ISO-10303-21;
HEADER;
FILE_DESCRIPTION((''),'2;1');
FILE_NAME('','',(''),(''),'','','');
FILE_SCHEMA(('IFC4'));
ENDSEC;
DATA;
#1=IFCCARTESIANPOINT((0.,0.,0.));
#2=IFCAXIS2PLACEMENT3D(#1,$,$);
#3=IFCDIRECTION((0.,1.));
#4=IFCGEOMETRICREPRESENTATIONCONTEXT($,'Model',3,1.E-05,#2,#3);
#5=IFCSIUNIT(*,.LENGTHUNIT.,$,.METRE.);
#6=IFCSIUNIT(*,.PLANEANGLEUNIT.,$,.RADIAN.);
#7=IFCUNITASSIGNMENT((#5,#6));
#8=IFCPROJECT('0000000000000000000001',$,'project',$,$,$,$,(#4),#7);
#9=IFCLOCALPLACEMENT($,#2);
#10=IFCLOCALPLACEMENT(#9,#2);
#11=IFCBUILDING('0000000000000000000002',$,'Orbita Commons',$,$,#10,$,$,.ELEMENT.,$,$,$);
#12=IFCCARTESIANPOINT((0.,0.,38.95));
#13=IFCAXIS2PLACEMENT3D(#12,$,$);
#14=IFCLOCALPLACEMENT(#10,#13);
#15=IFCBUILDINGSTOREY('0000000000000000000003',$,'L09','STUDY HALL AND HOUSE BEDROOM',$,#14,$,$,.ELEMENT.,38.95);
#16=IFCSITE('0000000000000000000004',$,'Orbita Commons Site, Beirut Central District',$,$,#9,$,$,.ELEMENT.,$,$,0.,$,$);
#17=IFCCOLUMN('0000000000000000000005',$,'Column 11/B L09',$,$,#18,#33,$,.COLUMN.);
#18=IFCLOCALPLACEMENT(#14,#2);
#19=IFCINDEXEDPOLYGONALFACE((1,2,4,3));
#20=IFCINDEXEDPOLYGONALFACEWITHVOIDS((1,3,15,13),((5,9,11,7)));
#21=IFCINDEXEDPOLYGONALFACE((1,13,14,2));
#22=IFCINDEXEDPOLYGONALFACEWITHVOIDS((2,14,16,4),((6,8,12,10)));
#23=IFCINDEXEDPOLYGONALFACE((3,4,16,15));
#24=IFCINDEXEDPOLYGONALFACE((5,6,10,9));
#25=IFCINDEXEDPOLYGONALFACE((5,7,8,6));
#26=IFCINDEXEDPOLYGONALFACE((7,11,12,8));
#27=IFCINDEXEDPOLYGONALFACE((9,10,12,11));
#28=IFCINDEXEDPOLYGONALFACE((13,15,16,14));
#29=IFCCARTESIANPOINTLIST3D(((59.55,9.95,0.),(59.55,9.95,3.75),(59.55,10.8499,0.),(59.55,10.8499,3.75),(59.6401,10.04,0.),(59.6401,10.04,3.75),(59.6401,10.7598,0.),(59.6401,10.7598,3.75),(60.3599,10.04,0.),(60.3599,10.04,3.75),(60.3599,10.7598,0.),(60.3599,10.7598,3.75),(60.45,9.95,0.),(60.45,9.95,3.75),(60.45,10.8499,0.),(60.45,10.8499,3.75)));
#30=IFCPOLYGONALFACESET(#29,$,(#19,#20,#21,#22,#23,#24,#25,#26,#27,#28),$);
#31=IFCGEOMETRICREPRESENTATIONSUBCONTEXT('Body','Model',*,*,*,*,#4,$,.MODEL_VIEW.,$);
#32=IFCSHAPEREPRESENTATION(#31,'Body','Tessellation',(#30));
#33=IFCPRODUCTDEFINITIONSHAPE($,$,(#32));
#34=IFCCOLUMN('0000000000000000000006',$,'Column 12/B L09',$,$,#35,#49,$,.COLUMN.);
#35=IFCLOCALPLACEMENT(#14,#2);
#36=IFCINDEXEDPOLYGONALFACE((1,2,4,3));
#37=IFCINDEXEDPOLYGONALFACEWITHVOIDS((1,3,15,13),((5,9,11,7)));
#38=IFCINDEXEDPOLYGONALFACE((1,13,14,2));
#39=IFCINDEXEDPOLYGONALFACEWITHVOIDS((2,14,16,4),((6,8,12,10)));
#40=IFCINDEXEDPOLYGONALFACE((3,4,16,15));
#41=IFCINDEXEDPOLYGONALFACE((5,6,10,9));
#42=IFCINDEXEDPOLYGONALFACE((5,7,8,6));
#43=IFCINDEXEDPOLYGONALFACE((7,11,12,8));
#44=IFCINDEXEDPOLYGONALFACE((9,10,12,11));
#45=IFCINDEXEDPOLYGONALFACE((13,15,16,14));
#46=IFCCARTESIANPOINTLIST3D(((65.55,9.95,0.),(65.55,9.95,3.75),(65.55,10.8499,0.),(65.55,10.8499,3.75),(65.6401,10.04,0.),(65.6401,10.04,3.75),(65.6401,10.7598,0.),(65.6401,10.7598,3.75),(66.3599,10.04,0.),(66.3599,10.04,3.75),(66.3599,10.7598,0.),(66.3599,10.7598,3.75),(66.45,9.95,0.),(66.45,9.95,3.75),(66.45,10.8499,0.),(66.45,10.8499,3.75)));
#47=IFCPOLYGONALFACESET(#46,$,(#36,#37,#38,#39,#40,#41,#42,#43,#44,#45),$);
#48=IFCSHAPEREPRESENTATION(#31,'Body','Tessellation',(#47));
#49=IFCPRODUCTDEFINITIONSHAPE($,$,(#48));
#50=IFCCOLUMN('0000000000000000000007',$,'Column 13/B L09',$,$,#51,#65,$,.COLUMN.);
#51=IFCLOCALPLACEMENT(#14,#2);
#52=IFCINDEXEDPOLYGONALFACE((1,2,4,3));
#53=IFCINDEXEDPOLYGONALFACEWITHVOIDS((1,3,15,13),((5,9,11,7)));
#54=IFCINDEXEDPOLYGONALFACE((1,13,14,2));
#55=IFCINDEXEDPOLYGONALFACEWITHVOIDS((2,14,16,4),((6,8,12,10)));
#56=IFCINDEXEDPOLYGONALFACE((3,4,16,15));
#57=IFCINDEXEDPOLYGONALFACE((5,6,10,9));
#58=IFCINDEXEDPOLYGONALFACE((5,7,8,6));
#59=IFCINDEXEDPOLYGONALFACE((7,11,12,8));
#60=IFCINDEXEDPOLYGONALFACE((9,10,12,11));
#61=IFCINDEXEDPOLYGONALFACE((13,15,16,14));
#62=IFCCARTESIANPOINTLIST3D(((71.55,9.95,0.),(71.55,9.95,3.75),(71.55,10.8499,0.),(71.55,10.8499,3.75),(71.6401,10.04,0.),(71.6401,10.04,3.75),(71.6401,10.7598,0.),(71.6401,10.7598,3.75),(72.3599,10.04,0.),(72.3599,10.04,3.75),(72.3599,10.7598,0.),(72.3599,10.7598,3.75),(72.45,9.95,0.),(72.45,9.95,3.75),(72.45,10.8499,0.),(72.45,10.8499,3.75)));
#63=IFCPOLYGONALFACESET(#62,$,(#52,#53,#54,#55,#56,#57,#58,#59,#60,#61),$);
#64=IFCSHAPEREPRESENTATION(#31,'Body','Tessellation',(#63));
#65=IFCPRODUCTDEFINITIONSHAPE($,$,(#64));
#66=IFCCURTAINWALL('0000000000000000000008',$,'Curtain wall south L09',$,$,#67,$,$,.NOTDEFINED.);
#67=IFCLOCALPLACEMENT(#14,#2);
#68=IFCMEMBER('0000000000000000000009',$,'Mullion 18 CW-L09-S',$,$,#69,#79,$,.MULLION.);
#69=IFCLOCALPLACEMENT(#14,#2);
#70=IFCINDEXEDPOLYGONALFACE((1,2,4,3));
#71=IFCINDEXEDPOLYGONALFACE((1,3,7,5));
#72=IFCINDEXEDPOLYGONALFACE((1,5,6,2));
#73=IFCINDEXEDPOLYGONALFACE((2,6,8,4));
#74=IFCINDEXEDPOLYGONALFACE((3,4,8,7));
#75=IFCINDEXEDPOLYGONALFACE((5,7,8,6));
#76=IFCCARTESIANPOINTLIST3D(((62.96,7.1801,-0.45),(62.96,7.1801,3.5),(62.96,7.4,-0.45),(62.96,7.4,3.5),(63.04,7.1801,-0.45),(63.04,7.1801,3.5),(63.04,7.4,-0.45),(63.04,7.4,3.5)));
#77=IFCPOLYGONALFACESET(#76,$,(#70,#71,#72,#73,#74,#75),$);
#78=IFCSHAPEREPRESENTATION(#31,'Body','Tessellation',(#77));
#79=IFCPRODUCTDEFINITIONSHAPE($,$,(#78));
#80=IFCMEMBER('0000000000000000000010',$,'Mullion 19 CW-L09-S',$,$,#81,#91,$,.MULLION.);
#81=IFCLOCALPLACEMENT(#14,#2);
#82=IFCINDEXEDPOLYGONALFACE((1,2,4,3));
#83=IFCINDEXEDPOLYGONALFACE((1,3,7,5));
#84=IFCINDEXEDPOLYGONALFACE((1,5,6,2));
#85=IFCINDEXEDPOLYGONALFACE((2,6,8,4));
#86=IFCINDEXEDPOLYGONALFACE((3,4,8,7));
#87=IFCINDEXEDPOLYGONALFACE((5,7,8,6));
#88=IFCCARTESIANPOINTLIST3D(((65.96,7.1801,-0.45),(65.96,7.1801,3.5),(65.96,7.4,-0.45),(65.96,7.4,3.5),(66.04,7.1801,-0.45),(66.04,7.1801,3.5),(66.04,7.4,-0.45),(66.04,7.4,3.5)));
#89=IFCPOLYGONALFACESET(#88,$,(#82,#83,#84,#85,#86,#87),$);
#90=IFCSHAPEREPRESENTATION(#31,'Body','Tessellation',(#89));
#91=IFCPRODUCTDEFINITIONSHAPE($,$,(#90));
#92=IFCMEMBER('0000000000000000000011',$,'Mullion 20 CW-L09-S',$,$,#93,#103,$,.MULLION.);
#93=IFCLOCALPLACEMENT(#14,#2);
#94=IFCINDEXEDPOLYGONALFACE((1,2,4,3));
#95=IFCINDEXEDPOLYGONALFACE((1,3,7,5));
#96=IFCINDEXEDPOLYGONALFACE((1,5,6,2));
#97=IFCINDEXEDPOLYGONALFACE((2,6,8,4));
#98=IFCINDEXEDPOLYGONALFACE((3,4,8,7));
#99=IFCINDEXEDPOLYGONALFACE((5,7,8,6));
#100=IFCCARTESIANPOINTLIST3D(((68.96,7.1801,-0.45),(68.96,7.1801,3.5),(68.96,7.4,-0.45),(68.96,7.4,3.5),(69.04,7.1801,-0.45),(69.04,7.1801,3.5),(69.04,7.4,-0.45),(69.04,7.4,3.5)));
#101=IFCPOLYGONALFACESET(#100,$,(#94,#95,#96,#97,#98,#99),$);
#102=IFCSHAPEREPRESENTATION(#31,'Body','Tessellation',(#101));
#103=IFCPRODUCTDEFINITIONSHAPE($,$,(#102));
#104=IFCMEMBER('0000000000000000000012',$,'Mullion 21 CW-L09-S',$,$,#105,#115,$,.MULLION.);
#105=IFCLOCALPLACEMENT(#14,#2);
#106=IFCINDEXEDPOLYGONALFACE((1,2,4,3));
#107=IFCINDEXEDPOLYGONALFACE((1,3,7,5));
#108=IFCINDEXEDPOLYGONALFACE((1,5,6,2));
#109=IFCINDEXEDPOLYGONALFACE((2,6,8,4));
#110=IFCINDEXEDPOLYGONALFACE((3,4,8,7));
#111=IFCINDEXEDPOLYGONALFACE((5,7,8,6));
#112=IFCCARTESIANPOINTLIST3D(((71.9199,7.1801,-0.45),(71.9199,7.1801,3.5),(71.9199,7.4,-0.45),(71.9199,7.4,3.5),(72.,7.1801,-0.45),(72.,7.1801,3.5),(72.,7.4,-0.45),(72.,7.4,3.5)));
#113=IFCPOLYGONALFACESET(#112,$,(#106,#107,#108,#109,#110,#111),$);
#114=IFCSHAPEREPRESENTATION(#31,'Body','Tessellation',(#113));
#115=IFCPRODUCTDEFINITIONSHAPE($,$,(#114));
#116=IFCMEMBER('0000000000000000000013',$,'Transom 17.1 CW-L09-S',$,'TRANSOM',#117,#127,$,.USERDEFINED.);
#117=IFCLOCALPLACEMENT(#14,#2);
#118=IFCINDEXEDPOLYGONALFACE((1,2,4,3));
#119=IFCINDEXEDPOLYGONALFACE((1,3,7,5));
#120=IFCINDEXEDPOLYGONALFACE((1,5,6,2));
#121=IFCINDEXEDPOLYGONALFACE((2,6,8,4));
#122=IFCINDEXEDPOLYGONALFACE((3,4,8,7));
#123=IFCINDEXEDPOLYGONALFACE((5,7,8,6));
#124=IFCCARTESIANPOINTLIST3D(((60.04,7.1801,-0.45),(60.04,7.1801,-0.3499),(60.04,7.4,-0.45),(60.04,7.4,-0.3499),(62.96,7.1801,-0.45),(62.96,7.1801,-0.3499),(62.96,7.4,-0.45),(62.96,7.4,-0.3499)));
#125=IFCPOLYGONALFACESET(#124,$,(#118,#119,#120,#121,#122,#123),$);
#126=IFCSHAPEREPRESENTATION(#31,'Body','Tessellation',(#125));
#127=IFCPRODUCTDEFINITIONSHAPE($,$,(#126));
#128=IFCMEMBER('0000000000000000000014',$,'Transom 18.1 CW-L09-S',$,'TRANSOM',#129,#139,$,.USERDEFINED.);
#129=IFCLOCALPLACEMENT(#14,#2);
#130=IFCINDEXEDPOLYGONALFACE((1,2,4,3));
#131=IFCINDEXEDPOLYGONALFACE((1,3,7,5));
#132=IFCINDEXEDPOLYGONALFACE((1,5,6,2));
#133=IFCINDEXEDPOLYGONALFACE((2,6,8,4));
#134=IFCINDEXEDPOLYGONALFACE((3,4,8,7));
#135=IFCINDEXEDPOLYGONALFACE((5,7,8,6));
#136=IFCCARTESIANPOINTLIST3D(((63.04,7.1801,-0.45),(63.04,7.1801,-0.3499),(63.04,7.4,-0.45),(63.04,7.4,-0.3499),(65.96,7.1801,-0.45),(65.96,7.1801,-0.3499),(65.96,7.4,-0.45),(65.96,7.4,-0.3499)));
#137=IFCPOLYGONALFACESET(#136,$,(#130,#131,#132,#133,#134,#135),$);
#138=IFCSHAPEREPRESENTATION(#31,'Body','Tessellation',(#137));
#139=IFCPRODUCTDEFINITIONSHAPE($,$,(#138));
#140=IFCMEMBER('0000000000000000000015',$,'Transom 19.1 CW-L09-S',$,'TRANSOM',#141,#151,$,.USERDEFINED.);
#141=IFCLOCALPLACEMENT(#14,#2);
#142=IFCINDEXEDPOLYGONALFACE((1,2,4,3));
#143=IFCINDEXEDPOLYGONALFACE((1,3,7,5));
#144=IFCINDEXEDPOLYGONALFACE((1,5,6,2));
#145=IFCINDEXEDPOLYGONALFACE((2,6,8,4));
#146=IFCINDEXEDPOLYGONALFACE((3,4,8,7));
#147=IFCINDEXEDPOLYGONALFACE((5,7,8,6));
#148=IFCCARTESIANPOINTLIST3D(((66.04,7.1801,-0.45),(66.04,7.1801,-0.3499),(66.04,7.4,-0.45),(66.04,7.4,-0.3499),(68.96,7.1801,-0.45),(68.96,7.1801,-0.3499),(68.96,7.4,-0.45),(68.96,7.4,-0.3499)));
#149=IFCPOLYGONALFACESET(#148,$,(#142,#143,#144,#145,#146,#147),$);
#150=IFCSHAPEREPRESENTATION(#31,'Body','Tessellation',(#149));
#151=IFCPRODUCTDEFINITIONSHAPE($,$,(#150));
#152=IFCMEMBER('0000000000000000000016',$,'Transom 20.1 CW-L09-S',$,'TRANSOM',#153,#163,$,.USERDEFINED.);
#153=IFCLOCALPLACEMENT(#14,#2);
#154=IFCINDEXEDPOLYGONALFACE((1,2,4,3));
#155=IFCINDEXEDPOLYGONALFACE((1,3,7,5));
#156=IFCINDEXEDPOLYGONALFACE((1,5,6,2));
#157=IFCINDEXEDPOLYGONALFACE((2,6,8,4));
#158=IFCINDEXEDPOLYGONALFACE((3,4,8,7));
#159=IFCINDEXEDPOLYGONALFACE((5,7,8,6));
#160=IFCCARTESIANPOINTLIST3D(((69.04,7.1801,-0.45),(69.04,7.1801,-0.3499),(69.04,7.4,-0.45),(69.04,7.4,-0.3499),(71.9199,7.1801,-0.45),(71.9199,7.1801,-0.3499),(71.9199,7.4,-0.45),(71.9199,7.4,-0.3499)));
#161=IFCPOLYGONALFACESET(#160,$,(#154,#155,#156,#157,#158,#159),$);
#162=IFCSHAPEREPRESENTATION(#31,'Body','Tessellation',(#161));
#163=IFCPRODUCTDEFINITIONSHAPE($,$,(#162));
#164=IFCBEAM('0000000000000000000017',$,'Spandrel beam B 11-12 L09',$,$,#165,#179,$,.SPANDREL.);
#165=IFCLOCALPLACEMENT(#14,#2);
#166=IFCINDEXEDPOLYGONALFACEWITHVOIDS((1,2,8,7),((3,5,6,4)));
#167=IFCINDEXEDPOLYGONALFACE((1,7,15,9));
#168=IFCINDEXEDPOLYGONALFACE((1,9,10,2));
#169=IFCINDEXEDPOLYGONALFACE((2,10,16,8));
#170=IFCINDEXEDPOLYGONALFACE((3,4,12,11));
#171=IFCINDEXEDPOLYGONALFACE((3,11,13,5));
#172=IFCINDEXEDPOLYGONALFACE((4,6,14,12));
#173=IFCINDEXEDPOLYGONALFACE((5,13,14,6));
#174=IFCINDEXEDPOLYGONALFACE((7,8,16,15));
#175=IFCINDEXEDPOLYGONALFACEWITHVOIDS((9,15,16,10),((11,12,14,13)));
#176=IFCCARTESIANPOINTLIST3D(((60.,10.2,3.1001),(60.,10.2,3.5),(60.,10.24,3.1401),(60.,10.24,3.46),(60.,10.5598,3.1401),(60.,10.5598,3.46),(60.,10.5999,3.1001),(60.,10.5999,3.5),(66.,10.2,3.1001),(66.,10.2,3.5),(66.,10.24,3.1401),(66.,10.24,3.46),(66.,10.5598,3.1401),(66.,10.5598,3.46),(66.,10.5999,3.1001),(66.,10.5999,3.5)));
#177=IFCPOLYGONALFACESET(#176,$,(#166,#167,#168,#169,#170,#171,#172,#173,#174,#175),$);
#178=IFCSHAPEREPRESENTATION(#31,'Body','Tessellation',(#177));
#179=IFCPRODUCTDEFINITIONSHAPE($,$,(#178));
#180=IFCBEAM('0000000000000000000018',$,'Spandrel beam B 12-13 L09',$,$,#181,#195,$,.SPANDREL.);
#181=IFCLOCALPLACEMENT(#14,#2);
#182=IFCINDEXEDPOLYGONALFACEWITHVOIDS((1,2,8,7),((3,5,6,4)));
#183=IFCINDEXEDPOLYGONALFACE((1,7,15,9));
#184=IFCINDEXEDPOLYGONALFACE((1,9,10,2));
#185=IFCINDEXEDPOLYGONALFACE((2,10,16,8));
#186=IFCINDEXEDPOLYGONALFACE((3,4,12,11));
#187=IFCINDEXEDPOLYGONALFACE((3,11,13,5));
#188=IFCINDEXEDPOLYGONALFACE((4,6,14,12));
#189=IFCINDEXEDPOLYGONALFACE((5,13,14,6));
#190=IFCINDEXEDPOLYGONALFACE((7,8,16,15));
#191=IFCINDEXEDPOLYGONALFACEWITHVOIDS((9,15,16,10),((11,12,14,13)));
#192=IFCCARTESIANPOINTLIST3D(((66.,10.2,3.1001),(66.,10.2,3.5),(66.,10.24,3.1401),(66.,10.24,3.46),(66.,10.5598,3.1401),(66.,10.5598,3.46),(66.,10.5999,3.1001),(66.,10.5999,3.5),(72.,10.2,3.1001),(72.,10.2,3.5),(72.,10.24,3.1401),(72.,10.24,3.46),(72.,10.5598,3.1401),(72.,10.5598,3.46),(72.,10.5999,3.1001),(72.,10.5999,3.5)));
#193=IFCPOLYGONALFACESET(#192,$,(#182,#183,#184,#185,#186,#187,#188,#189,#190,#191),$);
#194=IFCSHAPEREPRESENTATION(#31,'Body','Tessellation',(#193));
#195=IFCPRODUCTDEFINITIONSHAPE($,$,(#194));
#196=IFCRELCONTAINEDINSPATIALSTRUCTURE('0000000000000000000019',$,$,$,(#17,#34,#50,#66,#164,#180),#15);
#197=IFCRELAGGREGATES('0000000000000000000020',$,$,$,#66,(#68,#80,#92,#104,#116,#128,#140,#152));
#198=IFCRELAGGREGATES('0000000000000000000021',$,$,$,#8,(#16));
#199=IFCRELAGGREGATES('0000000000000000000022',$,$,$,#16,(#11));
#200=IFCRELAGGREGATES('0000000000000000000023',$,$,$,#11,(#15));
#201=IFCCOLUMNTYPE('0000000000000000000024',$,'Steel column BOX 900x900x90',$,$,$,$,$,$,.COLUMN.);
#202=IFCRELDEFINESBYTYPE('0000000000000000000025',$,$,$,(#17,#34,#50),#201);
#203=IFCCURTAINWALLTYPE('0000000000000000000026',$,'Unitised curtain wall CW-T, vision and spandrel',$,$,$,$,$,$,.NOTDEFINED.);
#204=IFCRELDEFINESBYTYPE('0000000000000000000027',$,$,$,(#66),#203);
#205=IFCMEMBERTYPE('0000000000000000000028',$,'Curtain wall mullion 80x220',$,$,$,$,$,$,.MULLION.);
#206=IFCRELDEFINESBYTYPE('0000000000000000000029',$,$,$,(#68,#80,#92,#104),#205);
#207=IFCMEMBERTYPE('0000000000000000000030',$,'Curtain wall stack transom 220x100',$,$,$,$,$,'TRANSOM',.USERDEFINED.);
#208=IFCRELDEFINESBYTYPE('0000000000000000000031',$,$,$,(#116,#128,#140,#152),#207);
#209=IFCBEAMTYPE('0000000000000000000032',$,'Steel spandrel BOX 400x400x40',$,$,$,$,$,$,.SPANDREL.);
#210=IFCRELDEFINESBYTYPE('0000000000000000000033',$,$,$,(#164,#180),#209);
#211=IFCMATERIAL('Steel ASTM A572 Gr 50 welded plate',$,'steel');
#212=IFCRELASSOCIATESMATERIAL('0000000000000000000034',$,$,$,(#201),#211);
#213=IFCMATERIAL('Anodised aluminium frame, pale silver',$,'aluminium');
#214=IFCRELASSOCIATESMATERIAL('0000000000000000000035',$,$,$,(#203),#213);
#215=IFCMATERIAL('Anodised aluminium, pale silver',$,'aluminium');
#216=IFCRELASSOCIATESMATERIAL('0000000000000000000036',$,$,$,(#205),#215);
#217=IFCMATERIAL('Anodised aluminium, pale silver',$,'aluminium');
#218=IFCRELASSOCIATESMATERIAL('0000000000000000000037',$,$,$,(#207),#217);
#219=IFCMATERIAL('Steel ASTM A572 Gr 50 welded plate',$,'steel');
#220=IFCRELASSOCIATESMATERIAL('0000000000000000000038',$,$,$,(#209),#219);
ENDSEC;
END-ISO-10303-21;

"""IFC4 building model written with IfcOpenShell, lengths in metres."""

from ifc_helpers import new_model, si_unit, direction, frame, origin, origin_2d, place, context, subcontext, project, spatial, rectangle, hollow_rectangle, extrude, material, material_profile, profile_set, type_object, element, aggregate, save


model = new_model("IFC4")

# Units and contexts
model_context = context("Model", 3, precision=1e-05, world=origin(), true_north=direction((0.0, 1.0)))
body_context = subcontext(model_context, "Body", "Model", "MODEL_VIEW")
ifc_project = project(units=[si_unit("LENGTHUNIT", "METRE"), si_unit("PLANEANGLEUNIT", "RADIAN")], contexts=[model_context])

# Site, building, storey
site_placement = place(None, origin())
site = spatial("IfcSite", under=ifc_project, at=site_placement, Name="Orbita Commons Site, Beirut Central District", CompositionType="ELEMENT", RefElevation=0.0)
building_placement = place(site_placement, origin())
building = spatial("IfcBuilding", under=site, at=building_placement, Name="Orbita Commons", CompositionType="ELEMENT")
storey_placement = place(building_placement, frame((0.0, 0.0, 38.95)))
storey = spatial("IfcBuildingStorey", under=building, at=storey_placement, Name="L09", Description="STUDY HALL AND HOUSE BEDROOM", CompositionType="ELEMENT", Elevation=38.95)

# Columns
ifc_material_1 = material(Name="Steel ASTM A572 Gr 50 welded plate", Category="steel")
ifc_material_profile_1 = material_profile(ifc_material_1, hollow_rectangle(XDim=0.8999, YDim=0.8999, WallThickness=0.0901, at=origin_2d()), Name="BOX 900x900x90")
ifc_profile_set_1 = profile_set([ifc_material_profile_1], Name="Steel ASTM A572 Gr 50 welded plate")
column_type = type_object("IfcColumnType", Name="Steel column BOX 900x900x90", PredefinedType="COLUMN", material=ifc_profile_set_1)
for number, where, z_axis, x_axis, name in (
    (1, (60.0, 10.3999, 0.0), (0.0, 0.0, 1.0), (1.0, 0.0, 0.0), "Column 11/B L09"),
    (2, (66.0, 10.3999, 0.0), (0.0, 0.0, 1.0), (1.0, 0.0, 0.0), "Column 12/B L09"),
    (3, (72.0, 10.3999, 0.0), (0.0, 0.0, 1.0), (1.0, 0.0, 0.0), "Column 13/B L09"),
):
    element("IfcColumn", number, at=place(storey_placement, frame(where, z_axis=z_axis, x_axis=x_axis)), inside=storey, type_object=column_type, Name=name, PredefinedType="COLUMN", context=body_context, shape_type="SweptSolid", body=[
        extrude(hollow_rectangle(XDim=0.8999, YDim=0.8999, WallThickness=0.0901, at=origin_2d()), origin(), (0.0, 0.0, 1.0), 3.75),
    ])

# Curtain wall, members
ifc_material_2 = material(Name="Anodised aluminium frame, pale silver", Category="aluminium")
curtain_wall_type = type_object("IfcCurtainWallType", Name="Unitised curtain wall CW-T, vision and spandrel", PredefinedType="NOTDEFINED", material=ifc_material_2)
curtain_wall_placement = place(storey_placement, origin())
curtain_wall = element("IfcCurtainWall", 4, at=curtain_wall_placement, inside=storey, type_object=curtain_wall_type, Name="Curtain wall south L09", PredefinedType="NOTDEFINED")
ifc_material_3 = material(Name="Anodised aluminium, pale silver", Category="aluminium")
ifc_material_profile_2 = material_profile(ifc_material_3, rectangle(XDim=0.0801, YDim=0.22, at=origin_2d()), Name="AL 80x220")
ifc_profile_set_2 = profile_set([ifc_material_profile_2], Name="Anodised aluminium, pale silver")
member_type_1 = type_object("IfcMemberType", Name="Curtain wall mullion 80x220", PredefinedType="MULLION", material=ifc_profile_set_2)
member_1_placement = place(storey_placement, frame((63.0, 7.29, -0.45), z_axis=(0.0, 0.0, 1.0), x_axis=(1.0, 0.0, 0.0)))
member_1 = element("IfcMember", 5, at=member_1_placement, type_object=member_type_1, Name="Mullion 18 CW-L09-S", PredefinedType="MULLION", context=body_context, shape_type="SweptSolid", body=[
    extrude(rectangle(XDim=0.0801, YDim=0.22, at=origin_2d()), origin(), (0.0, 0.0, 1.0), 3.95),
])
member_2_placement = place(storey_placement, frame((66.0, 7.29, -0.45), z_axis=(0.0, 0.0, 1.0), x_axis=(1.0, 0.0, 0.0)))
member_2 = element("IfcMember", 6, at=member_2_placement, type_object=member_type_1, Name="Mullion 19 CW-L09-S", PredefinedType="MULLION", context=body_context, shape_type="SweptSolid", body=[
    extrude(rectangle(XDim=0.0801, YDim=0.22, at=origin_2d()), origin(), (0.0, 0.0, 1.0), 3.95),
])
member_3_placement = place(storey_placement, frame((69.0, 7.29, -0.45), z_axis=(0.0, 0.0, 1.0), x_axis=(1.0, 0.0, 0.0)))
member_3 = element("IfcMember", 7, at=member_3_placement, type_object=member_type_1, Name="Mullion 20 CW-L09-S", PredefinedType="MULLION", context=body_context, shape_type="SweptSolid", body=[
    extrude(rectangle(XDim=0.0801, YDim=0.22, at=origin_2d()), origin(), (0.0, 0.0, 1.0), 3.95),
])
member_4_placement = place(storey_placement, frame((71.96, 7.29, -0.45), z_axis=(0.0, 0.0, 1.0), x_axis=(1.0, 0.0, 0.0)))
member_4 = element("IfcMember", 8, at=member_4_placement, type_object=member_type_1, Name="Mullion 21 CW-L09-S", PredefinedType="MULLION", context=body_context, shape_type="SweptSolid", body=[
    extrude(rectangle(XDim=0.0801, YDim=0.22, at=origin_2d()), origin(), (0.0, 0.0, 1.0), 3.95),
])
ifc_material_4 = material(Name="Anodised aluminium, pale silver", Category="aluminium")
ifc_material_profile_3 = material_profile(ifc_material_4, rectangle(XDim=0.22, YDim=0.1001, at=origin_2d()), Name="AL 220x100")
ifc_profile_set_3 = profile_set([ifc_material_profile_3], Name="Anodised aluminium, pale silver")
member_type_2 = type_object("IfcMemberType", Name="Curtain wall stack transom 220x100", ElementType="TRANSOM", PredefinedType="USERDEFINED", material=ifc_profile_set_3)
member_5_placement = place(storey_placement, frame((60.04, 7.29, -0.3999), z_axis=(1.0, 0.0, 0.0), x_axis=(0.0, 1.0, 0.0)))
member_5 = element("IfcMember", 9, at=member_5_placement, type_object=member_type_2, Name="Transom 17.1 CW-L09-S", ObjectType="TRANSOM", PredefinedType="USERDEFINED", context=body_context, shape_type="SweptSolid", body=[
    extrude(rectangle(XDim=0.22, YDim=0.1001, at=origin_2d()), origin(), (0.0, 0.0, 1.0), 2.9199),
])
member_6_placement = place(storey_placement, frame((63.04, 7.29, -0.3999), z_axis=(1.0, 0.0, 0.0), x_axis=(0.0, 1.0, 0.0)))
member_6 = element("IfcMember", 10, at=member_6_placement, type_object=member_type_2, Name="Transom 18.1 CW-L09-S", ObjectType="TRANSOM", PredefinedType="USERDEFINED", context=body_context, shape_type="SweptSolid", body=[
    extrude(rectangle(XDim=0.22, YDim=0.1001, at=origin_2d()), origin(), (0.0, 0.0, 1.0), 2.9199),
])
member_7_placement = place(storey_placement, frame((66.04, 7.29, -0.3999), z_axis=(1.0, 0.0, 0.0), x_axis=(0.0, 1.0, 0.0)))
member_7 = element("IfcMember", 11, at=member_7_placement, type_object=member_type_2, Name="Transom 19.1 CW-L09-S", ObjectType="TRANSOM", PredefinedType="USERDEFINED", context=body_context, shape_type="SweptSolid", body=[
    extrude(rectangle(XDim=0.22, YDim=0.1001, at=origin_2d()), origin(), (0.0, 0.0, 1.0), 2.9199),
])
member_8_placement = place(storey_placement, frame((69.04, 7.29, -0.3999), z_axis=(1.0, 0.0, 0.0), x_axis=(0.0, 1.0, 0.0)))
member_8 = element("IfcMember", 12, at=member_8_placement, type_object=member_type_2, Name="Transom 20.1 CW-L09-S", ObjectType="TRANSOM", PredefinedType="USERDEFINED", context=body_context, shape_type="SweptSolid", body=[
    extrude(rectangle(XDim=0.22, YDim=0.1001, at=origin_2d()), origin(), (0.0, 0.0, 1.0), 2.8799),
])

# Beams
ifc_material_5 = material(Name="Steel ASTM A572 Gr 50 welded plate", Category="steel")
ifc_material_profile_4 = material_profile(ifc_material_5, hollow_rectangle(XDim=0.3999, YDim=0.3999, WallThickness=0.04, at=origin_2d()), Name="BOX 400x400x40")
ifc_profile_set_4 = profile_set([ifc_material_profile_4], Name="Steel ASTM A572 Gr 50 welded plate")
beam_type = type_object("IfcBeamType", Name="Steel spandrel BOX 400x400x40", PredefinedType="SPANDREL", material=ifc_profile_set_4)
for number, where, z_axis, x_axis, name in (
    (13, (60.0, 10.3999, 3.3), (1.0, 0.0, 0.0), (0.0, 1.0, 0.0), "Spandrel beam B 11-12 L09"),
    (14, (66.0, 10.3999, 3.3), (1.0, 0.0, 0.0), (0.0, 1.0, 0.0), "Spandrel beam B 12-13 L09"),
):
    element("IfcBeam", number, at=place(storey_placement, frame(where, z_axis=z_axis, x_axis=x_axis)), inside=storey, type_object=beam_type, Name=name, PredefinedType="SPANDREL", context=body_context, shape_type="SweptSolid", body=[
        extrude(hollow_rectangle(XDim=0.3999, YDim=0.3999, WallThickness=0.04, at=origin_2d()), origin(), (0.0, 0.0, 1.0), 6.0),
    ])

aggregate(curtain_wall, [member_1, member_2, member_3, member_4, member_5, member_6, member_7, member_8])

save(model, "model.ifc")
